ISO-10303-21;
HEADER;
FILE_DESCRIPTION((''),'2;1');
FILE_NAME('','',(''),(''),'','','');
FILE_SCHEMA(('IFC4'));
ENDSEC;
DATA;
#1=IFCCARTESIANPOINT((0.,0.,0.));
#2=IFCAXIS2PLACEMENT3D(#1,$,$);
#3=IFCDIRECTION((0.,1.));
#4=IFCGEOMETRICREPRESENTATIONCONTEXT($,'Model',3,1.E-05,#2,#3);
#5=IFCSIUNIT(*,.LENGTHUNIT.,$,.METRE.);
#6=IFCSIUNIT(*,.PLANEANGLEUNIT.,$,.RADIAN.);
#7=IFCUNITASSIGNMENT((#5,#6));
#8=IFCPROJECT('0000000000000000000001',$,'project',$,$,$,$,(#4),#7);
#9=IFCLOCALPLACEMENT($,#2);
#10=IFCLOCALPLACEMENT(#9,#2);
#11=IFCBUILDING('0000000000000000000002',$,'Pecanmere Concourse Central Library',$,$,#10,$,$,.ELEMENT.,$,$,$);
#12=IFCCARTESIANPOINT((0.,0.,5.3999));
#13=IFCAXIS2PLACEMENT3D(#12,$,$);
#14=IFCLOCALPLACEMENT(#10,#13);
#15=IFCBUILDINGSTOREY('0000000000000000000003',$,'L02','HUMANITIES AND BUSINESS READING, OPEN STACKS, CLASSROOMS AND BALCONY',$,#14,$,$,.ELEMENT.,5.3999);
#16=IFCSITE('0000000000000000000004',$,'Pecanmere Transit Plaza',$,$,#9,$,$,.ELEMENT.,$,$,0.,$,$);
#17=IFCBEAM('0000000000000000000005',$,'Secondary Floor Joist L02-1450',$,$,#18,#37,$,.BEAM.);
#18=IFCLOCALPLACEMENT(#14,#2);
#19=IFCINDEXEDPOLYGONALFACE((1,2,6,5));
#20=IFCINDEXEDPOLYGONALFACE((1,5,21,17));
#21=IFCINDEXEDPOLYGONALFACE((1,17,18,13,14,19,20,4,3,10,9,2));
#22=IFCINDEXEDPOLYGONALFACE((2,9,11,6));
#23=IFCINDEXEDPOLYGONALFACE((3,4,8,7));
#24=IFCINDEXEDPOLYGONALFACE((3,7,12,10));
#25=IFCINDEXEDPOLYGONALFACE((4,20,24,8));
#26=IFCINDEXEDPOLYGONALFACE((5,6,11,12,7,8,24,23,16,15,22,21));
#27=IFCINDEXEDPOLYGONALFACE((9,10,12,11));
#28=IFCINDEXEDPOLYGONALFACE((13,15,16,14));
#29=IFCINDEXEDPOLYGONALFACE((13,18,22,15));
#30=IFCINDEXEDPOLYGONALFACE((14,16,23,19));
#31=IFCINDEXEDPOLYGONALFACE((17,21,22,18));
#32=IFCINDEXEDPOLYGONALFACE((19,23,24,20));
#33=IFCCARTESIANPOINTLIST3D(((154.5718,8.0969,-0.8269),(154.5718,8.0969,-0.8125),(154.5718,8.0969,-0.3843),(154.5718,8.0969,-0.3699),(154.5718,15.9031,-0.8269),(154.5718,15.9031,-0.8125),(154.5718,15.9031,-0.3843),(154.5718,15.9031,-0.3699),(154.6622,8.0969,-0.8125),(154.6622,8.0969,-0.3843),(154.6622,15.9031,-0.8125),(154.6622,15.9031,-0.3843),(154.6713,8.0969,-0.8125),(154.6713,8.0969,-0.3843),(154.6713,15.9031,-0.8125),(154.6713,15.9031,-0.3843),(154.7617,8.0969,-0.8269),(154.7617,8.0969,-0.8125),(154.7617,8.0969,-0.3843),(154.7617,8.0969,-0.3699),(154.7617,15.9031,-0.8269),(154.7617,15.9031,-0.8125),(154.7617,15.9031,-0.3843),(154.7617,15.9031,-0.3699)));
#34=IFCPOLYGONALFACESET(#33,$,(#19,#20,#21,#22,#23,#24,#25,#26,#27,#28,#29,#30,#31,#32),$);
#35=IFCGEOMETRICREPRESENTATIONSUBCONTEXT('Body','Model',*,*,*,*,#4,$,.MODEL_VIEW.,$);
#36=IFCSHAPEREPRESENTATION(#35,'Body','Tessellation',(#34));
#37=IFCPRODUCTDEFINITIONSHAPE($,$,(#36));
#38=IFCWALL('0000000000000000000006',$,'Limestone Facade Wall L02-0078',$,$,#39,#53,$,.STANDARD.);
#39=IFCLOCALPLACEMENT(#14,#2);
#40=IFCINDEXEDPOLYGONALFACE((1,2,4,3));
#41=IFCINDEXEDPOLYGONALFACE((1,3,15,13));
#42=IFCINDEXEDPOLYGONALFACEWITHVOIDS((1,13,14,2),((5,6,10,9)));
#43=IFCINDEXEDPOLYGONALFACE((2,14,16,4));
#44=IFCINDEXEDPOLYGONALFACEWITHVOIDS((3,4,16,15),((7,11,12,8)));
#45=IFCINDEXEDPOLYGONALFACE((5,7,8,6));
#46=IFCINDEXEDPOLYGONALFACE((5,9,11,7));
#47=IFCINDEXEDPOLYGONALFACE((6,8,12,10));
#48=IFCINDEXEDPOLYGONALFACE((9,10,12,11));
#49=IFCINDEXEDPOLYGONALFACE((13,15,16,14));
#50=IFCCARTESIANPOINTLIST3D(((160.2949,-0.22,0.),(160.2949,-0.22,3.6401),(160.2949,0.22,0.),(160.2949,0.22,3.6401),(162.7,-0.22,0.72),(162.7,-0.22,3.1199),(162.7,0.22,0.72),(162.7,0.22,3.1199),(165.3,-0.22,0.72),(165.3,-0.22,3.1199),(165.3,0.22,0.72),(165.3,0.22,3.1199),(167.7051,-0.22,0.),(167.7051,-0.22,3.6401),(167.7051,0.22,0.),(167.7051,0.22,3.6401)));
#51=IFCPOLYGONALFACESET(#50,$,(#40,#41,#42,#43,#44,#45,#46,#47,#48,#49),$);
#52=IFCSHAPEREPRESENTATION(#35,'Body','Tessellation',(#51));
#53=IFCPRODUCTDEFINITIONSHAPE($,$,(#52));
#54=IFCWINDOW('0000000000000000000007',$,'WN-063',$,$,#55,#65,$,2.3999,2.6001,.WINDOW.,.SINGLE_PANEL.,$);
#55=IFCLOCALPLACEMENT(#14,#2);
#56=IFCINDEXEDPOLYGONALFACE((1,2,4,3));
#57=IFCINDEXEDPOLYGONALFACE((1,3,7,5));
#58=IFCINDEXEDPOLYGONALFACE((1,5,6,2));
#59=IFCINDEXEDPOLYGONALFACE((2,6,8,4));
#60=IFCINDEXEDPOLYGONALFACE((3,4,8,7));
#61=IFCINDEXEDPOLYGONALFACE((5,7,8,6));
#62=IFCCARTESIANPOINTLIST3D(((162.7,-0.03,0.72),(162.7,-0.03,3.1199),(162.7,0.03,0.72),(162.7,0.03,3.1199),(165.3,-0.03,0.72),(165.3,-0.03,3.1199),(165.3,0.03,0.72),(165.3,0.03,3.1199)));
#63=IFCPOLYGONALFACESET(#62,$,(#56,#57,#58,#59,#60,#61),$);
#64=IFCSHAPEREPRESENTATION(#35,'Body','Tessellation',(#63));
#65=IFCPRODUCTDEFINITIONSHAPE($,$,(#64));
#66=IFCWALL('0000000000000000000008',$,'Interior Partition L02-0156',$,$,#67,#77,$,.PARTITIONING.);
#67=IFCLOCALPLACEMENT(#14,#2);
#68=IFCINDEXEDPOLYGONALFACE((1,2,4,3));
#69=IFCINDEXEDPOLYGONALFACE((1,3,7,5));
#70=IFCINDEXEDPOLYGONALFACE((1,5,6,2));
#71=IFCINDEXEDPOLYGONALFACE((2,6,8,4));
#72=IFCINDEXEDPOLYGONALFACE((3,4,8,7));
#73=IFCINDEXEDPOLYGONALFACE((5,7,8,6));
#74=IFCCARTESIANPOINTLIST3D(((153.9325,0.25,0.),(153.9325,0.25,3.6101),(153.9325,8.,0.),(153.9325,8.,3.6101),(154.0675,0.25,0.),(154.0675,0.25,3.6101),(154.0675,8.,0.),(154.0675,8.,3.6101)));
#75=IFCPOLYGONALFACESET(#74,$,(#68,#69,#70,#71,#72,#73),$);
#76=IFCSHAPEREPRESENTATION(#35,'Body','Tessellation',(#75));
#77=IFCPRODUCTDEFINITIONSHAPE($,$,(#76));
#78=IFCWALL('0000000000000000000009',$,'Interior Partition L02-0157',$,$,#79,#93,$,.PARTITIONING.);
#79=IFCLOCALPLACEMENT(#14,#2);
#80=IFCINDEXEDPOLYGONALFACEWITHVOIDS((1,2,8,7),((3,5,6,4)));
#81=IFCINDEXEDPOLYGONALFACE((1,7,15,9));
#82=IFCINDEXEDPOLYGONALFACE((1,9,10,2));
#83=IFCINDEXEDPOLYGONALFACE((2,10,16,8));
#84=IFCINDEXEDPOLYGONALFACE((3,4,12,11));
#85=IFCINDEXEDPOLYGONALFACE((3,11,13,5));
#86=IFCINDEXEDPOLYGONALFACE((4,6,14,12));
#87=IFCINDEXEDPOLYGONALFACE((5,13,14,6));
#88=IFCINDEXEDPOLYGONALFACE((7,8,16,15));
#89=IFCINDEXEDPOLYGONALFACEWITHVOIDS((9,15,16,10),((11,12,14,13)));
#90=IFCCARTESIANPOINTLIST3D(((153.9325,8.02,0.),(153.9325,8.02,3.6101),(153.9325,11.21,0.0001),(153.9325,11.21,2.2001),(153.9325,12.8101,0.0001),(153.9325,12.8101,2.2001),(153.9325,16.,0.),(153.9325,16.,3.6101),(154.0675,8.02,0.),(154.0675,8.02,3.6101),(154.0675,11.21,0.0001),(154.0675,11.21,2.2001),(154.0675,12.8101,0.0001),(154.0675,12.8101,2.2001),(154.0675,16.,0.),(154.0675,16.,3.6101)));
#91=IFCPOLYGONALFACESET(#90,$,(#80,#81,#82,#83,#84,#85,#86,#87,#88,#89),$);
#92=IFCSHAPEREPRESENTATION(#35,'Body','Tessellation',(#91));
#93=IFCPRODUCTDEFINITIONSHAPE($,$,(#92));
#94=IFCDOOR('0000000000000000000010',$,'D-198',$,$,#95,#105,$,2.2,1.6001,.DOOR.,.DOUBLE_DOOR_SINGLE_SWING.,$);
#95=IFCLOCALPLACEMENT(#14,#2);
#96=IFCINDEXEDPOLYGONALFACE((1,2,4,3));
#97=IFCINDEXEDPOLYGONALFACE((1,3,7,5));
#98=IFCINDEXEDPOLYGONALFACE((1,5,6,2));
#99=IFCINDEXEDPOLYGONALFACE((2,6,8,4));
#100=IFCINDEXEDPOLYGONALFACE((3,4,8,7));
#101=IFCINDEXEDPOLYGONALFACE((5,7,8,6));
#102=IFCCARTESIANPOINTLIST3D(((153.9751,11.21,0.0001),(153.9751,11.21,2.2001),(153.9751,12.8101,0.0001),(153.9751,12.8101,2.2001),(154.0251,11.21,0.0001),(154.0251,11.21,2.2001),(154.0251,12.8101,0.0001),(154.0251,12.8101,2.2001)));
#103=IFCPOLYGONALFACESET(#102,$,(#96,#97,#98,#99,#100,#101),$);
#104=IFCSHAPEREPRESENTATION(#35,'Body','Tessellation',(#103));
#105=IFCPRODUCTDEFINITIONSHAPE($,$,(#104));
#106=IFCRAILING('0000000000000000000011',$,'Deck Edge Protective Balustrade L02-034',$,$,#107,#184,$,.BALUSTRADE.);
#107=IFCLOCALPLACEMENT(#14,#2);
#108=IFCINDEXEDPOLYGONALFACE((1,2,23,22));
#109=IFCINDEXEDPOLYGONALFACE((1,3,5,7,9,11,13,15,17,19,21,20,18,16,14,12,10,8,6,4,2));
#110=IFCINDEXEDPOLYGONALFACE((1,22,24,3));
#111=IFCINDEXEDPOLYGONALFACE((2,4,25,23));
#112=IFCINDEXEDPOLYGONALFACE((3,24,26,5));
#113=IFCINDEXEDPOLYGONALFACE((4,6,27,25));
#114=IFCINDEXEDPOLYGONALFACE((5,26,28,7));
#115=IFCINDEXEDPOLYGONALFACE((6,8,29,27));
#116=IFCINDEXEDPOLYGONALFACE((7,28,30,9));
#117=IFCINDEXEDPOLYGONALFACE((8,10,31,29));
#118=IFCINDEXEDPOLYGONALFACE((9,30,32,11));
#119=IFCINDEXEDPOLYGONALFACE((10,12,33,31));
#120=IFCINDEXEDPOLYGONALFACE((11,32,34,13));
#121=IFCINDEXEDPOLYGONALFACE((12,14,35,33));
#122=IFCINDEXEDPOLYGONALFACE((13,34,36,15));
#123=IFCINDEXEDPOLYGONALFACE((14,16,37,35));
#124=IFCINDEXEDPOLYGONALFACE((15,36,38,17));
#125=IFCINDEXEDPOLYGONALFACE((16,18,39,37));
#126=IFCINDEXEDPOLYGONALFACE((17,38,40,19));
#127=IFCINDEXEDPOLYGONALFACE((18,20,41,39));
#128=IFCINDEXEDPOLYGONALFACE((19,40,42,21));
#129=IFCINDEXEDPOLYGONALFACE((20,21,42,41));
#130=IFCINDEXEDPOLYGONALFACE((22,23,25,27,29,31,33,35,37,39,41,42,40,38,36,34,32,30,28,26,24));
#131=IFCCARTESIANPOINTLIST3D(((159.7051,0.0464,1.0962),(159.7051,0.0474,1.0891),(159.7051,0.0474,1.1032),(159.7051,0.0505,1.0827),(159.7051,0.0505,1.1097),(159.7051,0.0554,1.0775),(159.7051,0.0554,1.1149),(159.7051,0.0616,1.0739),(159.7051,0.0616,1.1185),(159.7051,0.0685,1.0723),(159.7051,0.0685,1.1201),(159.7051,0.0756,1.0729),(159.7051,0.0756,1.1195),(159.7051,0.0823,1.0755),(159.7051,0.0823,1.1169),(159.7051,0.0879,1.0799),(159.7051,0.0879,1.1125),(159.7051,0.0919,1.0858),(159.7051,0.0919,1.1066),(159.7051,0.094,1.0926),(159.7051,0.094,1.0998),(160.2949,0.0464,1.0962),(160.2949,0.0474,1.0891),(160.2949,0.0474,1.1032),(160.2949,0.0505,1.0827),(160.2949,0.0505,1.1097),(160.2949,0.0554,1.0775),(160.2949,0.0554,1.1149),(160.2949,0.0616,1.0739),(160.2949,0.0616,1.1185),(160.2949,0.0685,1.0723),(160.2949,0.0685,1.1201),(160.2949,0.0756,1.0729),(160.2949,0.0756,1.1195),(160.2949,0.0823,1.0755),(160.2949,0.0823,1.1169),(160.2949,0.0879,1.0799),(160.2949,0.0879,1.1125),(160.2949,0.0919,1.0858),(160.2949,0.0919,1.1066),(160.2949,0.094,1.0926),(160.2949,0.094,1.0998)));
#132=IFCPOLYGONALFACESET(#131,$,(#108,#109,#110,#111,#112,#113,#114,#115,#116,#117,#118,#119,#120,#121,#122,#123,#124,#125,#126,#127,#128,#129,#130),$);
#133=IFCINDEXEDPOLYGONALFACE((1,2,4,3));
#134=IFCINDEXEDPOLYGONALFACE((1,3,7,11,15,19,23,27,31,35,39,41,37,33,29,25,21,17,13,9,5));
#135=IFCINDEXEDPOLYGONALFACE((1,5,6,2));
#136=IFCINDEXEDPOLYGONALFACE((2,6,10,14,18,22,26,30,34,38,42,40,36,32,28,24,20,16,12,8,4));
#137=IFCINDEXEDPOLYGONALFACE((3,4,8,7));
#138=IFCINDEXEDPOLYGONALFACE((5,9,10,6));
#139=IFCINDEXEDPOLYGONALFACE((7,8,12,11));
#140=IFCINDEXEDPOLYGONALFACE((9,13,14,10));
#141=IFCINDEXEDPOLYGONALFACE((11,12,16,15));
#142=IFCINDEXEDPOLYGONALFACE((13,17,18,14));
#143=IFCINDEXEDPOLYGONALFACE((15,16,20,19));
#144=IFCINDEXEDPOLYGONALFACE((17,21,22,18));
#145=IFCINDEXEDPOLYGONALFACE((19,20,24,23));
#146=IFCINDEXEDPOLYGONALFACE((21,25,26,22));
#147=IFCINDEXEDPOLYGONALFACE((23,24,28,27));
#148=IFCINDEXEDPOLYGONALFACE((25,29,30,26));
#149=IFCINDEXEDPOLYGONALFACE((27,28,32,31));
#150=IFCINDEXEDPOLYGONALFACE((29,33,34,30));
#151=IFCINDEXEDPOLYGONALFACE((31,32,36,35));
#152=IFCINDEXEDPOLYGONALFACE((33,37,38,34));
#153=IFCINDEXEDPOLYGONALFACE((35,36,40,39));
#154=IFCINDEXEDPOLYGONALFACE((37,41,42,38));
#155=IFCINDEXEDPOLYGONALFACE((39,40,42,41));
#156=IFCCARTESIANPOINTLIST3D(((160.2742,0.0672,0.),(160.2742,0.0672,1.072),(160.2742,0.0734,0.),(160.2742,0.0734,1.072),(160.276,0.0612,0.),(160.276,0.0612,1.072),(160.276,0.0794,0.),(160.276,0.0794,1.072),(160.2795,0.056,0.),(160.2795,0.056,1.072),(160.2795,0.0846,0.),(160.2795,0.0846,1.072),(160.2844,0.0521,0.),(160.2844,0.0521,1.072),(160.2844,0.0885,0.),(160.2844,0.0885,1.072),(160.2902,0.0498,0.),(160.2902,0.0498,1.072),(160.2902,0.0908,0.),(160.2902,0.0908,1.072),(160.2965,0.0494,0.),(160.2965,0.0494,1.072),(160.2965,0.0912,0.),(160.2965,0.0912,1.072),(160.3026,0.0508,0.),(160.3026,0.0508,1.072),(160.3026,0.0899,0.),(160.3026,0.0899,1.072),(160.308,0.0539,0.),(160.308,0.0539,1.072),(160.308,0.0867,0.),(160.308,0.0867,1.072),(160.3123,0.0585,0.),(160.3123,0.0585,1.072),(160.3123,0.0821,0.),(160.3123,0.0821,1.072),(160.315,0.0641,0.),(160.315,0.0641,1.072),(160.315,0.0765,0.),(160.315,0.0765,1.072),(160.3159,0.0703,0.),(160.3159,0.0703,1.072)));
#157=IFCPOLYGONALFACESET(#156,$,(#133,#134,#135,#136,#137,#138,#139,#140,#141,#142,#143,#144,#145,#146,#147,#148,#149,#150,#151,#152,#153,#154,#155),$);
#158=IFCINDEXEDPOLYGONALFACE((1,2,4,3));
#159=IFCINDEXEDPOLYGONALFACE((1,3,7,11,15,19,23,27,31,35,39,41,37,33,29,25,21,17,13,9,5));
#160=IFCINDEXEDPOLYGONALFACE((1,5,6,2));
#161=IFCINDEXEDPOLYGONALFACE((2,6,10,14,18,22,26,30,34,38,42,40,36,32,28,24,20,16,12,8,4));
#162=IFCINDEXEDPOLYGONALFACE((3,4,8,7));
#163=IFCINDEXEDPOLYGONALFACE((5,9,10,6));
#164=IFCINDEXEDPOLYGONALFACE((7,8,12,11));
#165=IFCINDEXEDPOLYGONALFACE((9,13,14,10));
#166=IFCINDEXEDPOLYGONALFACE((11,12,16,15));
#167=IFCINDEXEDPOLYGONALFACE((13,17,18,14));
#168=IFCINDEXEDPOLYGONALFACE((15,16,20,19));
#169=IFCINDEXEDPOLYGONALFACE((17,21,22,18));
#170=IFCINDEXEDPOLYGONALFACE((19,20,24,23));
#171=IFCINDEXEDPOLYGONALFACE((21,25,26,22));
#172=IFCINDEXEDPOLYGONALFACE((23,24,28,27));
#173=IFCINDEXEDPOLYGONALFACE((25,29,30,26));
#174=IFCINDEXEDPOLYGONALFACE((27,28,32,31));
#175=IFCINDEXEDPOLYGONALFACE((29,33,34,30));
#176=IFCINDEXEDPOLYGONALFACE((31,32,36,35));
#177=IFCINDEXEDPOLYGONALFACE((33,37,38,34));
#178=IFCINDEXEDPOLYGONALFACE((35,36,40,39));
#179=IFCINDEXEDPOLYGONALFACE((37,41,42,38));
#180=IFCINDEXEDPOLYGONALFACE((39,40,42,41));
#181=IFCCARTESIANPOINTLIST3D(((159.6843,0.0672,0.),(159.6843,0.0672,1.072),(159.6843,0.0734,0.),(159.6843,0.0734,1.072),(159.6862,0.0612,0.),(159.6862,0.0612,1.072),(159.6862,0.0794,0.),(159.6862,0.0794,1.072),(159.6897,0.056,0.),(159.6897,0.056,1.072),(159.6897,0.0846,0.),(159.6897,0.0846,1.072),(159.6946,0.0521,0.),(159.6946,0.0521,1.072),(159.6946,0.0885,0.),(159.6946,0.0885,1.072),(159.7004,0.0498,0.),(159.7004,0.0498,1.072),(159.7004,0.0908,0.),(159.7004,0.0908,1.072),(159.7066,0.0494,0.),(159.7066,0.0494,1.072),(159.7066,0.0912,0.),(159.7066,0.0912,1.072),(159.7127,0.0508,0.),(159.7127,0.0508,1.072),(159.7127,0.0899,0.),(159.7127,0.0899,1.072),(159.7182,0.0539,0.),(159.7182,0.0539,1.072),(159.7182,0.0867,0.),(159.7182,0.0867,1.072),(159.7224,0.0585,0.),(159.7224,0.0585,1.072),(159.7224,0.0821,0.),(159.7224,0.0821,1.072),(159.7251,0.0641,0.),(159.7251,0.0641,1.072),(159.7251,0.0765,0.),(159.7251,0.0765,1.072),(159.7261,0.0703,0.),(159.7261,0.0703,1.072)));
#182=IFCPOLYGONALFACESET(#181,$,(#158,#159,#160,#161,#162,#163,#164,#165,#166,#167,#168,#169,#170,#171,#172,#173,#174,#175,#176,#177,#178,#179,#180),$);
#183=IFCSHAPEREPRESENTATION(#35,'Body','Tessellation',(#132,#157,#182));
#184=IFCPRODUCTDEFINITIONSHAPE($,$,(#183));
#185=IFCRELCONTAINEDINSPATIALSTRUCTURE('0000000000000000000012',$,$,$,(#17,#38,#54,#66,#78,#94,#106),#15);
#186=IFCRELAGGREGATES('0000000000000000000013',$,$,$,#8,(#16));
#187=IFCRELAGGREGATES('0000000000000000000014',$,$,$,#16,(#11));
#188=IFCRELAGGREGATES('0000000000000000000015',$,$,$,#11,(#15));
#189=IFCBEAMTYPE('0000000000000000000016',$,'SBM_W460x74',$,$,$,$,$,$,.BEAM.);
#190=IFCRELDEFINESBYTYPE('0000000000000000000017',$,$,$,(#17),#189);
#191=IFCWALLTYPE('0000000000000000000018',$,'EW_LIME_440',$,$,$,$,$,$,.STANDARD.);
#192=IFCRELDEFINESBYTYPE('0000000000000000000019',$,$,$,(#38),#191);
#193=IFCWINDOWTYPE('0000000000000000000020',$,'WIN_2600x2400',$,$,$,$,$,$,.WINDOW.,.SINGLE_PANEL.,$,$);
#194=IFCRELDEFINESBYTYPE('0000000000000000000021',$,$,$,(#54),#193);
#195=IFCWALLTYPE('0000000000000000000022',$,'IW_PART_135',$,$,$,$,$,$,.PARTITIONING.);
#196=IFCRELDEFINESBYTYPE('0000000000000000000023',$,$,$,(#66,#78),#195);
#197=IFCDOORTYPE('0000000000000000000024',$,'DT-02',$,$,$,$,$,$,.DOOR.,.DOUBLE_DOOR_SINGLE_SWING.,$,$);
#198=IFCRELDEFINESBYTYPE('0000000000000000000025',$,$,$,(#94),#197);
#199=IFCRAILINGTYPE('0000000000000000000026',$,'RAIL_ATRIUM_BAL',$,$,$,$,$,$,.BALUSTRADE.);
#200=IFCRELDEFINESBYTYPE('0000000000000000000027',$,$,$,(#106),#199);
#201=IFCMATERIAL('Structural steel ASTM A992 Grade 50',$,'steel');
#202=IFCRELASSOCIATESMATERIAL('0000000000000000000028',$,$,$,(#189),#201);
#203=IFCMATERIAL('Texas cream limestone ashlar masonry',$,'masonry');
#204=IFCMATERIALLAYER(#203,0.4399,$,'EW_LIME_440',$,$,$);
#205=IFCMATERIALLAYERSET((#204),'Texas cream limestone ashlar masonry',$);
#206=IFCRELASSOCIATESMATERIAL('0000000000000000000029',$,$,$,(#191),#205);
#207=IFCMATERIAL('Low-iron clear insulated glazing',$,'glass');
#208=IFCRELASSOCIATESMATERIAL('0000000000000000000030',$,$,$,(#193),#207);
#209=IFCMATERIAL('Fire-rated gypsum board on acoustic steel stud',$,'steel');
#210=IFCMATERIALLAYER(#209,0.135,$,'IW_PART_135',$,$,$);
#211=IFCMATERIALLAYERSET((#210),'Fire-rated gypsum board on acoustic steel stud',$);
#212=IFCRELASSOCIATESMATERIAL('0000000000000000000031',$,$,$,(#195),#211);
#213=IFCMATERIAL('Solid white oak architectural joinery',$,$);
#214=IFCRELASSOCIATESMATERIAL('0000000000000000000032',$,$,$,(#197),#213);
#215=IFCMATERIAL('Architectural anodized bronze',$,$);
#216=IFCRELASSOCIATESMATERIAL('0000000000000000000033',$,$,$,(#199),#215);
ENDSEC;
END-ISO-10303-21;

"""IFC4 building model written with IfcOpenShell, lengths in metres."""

from ifc_helpers import new_model, si_unit, direction, frame, frame_2d, origin, origin_2d, place, context, subcontext, project, spatial, rectangle, circle, i_section, extrude, material, layer, layer_set, material_profile, profile_set, type_object, element, fill, save


model = new_model("IFC4")

# Units and contexts
model_context = context("Model", 3, precision=1e-05, world=origin(), true_north=direction((0.0, 1.0)))
body_context = subcontext(model_context, "Body", "Model", "MODEL_VIEW")
ifc_project = project(units=[si_unit("LENGTHUNIT", "METRE"), si_unit("PLANEANGLEUNIT", "RADIAN")], contexts=[model_context])

# Site, building, storey
site_placement = place(None, origin())
site = spatial("IfcSite", under=ifc_project, at=site_placement, Name="Pecanmere Transit Plaza", CompositionType="ELEMENT", RefElevation=0.0)
building_placement = place(site_placement, origin())
building = spatial("IfcBuilding", under=site, at=building_placement, Name="Pecanmere Concourse Central Library", CompositionType="ELEMENT")
storey_placement = place(building_placement, frame((0.0, 0.0, 5.3999)))
storey = spatial("IfcBuildingStorey", under=building, at=storey_placement, Name="L02", Description="HUMANITIES AND BUSINESS READING, OPEN STACKS, CLASSROOMS AND BALCONY", CompositionType="ELEMENT", Elevation=5.3999)

# Beam
ifc_material_1 = material(Name="Structural steel ASTM A992 Grade 50", Category="steel")
ifc_material_profile_1 = material_profile(ifc_material_1, i_section(OverallWidth=0.1899, OverallDepth=0.457, WebThickness=0.009, FlangeThickness=0.0144, at=origin_2d()), Name="W460x74")
ifc_profile_set_1 = profile_set([ifc_material_profile_1], Name="Structural steel ASTM A992 Grade 50")
beam_type_1 = type_object("IfcBeamType", Name="SBM_W460x74", PredefinedType="BEAM", material=ifc_profile_set_1)
beam_1_placement = place(storey_placement, frame((154.6667, 8.0969, -0.5984), z_axis=(0.0, 1.0, 0.0), x_axis=(-1.0, 0.0, 0.0)))
element("IfcBeam", 1, at=beam_1_placement, inside=storey, type_object=beam_type_1, Name="Secondary Floor Joist L02-1450", PredefinedType="BEAM", context=body_context, shape_type="SweptSolid", body=[
    extrude(i_section(OverallWidth=0.1899, OverallDepth=0.457, WebThickness=0.009, FlangeThickness=0.0144, at=origin_2d()), origin(), (0.0, 0.0, 1.0), 7.8062),
])

# Wall, opening, window
ifc_material_2 = material(Name="Texas cream limestone ashlar masonry", Category="masonry")
ifc_layer_1 = layer(ifc_material_2, 0.4399, Name="EW_LIME_440")
ifc_layer_set_1 = layer_set([ifc_layer_1], Name="Texas cream limestone ashlar masonry")
wall_type_1 = type_object("IfcWallType", Name="EW_LIME_440", PredefinedType="STANDARD", material=ifc_layer_set_1)
wall_1_placement = place(storey_placement, frame((160.2949, 0.0, 0.0), z_axis=(0.0, 0.0, 1.0), x_axis=(1.0, 0.0, 0.0)))
wall_1 = element("IfcWall", 2, at=wall_1_placement, inside=storey, type_object=wall_type_1, Name="Limestone Facade Wall L02-0078", PredefinedType="STANDARD", context=body_context, shape_type="SweptSolid", body=[
    extrude(rectangle(XDim=7.4102, YDim=0.4399, at=frame_2d((3.7051, 0.0))), origin(), (0.0, 0.0, 1.0), 3.6401),
])
opening_1_placement = place(wall_1_placement, frame((2.405, 0.0, 0.72)))
opening_1 = element("IfcOpeningElement", 3, at=opening_1_placement, cuts=wall_1, PredefinedType="OPENING", context=body_context, shape_type="SweptSolid", body=[
    extrude(rectangle(XDim=2.6001, YDim=2.3999, at=frame_2d((1.3, 1.2))), frame((0.0, 0.2319, 0.0), z_axis=(0.0, -1.0, 0.0), x_axis=(1.0, 0.0, 0.0)), (0.0, 0.0, 1.0), 0.4639),
])
ifc_material_3 = material(Name="Low-iron clear insulated glazing", Category="glass")
window_type = type_object("IfcWindowType", Name="WIN_2600x2400", PartitioningType="SINGLE_PANEL", PredefinedType="WINDOW", material=ifc_material_3)
window_placement = place(opening_1_placement, origin())
window = element("IfcWindow", 4, at=window_placement, inside=storey, type_object=window_type, Name="WN-063", OverallHeight=2.3999, OverallWidth=2.6001, PartitioningType="SINGLE_PANEL", PredefinedType="WINDOW", context=body_context, shape_type="SweptSolid", body=[
    extrude(rectangle(XDim=2.6001, YDim=2.3999, at=frame_2d((1.3, 1.2))), frame((0.0, 0.03, 0.0), z_axis=(0.0, -1.0, 0.0), x_axis=(1.0, 0.0, 0.0)), (0.0, 0.0, 1.0), 0.0601),
])
fill(opening_1, window)

# Wall
ifc_material_4 = material(Name="Fire-rated gypsum board on acoustic steel stud", Category="steel")
ifc_layer_2 = layer(ifc_material_4, 0.135, Name="IW_PART_135")
ifc_layer_set_2 = layer_set([ifc_layer_2], Name="Fire-rated gypsum board on acoustic steel stud")
wall_type_2 = type_object("IfcWallType", Name="IW_PART_135", PredefinedType="PARTITIONING", material=ifc_layer_set_2)
wall_2_placement = place(storey_placement, frame((154.0, 0.25, 0.0), z_axis=(0.0, 0.0, 1.0), x_axis=(0.0, 1.0, 0.0)))
element("IfcWall", 5, at=wall_2_placement, inside=storey, type_object=wall_type_2, Name="Interior Partition L02-0156", PredefinedType="PARTITIONING", context=body_context, shape_type="SweptSolid", body=[
    extrude(rectangle(XDim=7.75, YDim=0.135, at=frame_2d((3.875, 0.0))), origin(), (0.0, 0.0, 1.0), 3.6101),
])

# Wall, opening, door
wall_3_placement = place(storey_placement, frame((154.0, 8.02, 0.0), z_axis=(0.0, 0.0, 1.0), x_axis=(0.0, 1.0, 0.0)))
wall_3 = element("IfcWall", 6, at=wall_3_placement, inside=storey, type_object=wall_type_2, Name="Interior Partition L02-0157", PredefinedType="PARTITIONING", context=body_context, shape_type="SweptSolid", body=[
    extrude(rectangle(XDim=7.98, YDim=0.135, at=frame_2d((3.99, 0.0))), origin(), (0.0, 0.0, 1.0), 3.6101),
])
opening_2_placement = place(wall_3_placement, frame((3.1899, 0.0, 0.0)))
opening_2 = element("IfcOpeningElement", 7, at=opening_2_placement, cuts=wall_3, PredefinedType="OPENING", context=body_context, shape_type="SweptSolid", body=[
    extrude(rectangle(XDim=1.6001, YDim=2.2, at=frame_2d((0.8, 1.1001))), frame((0.0, 0.0796, 0.0), z_axis=(0.0, -1.0, 0.0), x_axis=(1.0, 0.0, 0.0)), (0.0, 0.0, 1.0), 0.1589),
])
ifc_material_5 = material(Name="Solid white oak architectural joinery")
door_type = type_object("IfcDoorType", Name="DT-02", OperationType="DOUBLE_DOOR_SINGLE_SWING", PredefinedType="DOOR", material=ifc_material_5)
door_placement = place(opening_2_placement, origin())
door = element("IfcDoor", 8, at=door_placement, inside=storey, type_object=door_type, Name="D-198", OperationType="DOUBLE_DOOR_SINGLE_SWING", OverallHeight=2.2, OverallWidth=1.6001, PredefinedType="DOOR", context=body_context, shape_type="SweptSolid", body=[
    extrude(rectangle(XDim=1.6001, YDim=2.2, at=frame_2d((0.8, 1.1001))), frame((0.0, 0.0249, 0.0), z_axis=(0.0, -1.0, 0.0), x_axis=(1.0, 0.0, 0.0)), (0.0, 0.0, 1.0), 0.05),
])
fill(opening_2, door)

# Railing
ifc_material_6 = material(Name="Architectural anodized bronze")
railing_type = type_object("IfcRailingType", Name="RAIL_ATRIUM_BAL", PredefinedType="BALUSTRADE", material=ifc_material_6)
railing_placement = place(storey_placement, frame((160.2949, 0.0703, 0.0)))
element("IfcRailing", 9, at=railing_placement, inside=storey, type_object=railing_type, Name="Deck Edge Protective Balustrade L02-034", PredefinedType="BALUSTRADE", context=body_context, shape_type="SweptSolid", body=[
    extrude(circle(Radius=0.0239, at=origin_2d()), frame((0.0, 0.0, 1.0962), z_axis=(-1.0, 0.0, 0.0), x_axis=(0.0, -1.0, 0.0)), (0.0, 0.0, 1.0), 0.5898),
    extrude(circle(Radius=0.021, at=origin_2d()), origin(), (0.0, 0.0, 1.0), 1.072),
    extrude(circle(Radius=0.021, at=origin_2d()), frame((-0.5898, 0.0, 0.0)), (0.0, 0.0, 1.0), 1.072),
])

save(model, "model.ifc")
